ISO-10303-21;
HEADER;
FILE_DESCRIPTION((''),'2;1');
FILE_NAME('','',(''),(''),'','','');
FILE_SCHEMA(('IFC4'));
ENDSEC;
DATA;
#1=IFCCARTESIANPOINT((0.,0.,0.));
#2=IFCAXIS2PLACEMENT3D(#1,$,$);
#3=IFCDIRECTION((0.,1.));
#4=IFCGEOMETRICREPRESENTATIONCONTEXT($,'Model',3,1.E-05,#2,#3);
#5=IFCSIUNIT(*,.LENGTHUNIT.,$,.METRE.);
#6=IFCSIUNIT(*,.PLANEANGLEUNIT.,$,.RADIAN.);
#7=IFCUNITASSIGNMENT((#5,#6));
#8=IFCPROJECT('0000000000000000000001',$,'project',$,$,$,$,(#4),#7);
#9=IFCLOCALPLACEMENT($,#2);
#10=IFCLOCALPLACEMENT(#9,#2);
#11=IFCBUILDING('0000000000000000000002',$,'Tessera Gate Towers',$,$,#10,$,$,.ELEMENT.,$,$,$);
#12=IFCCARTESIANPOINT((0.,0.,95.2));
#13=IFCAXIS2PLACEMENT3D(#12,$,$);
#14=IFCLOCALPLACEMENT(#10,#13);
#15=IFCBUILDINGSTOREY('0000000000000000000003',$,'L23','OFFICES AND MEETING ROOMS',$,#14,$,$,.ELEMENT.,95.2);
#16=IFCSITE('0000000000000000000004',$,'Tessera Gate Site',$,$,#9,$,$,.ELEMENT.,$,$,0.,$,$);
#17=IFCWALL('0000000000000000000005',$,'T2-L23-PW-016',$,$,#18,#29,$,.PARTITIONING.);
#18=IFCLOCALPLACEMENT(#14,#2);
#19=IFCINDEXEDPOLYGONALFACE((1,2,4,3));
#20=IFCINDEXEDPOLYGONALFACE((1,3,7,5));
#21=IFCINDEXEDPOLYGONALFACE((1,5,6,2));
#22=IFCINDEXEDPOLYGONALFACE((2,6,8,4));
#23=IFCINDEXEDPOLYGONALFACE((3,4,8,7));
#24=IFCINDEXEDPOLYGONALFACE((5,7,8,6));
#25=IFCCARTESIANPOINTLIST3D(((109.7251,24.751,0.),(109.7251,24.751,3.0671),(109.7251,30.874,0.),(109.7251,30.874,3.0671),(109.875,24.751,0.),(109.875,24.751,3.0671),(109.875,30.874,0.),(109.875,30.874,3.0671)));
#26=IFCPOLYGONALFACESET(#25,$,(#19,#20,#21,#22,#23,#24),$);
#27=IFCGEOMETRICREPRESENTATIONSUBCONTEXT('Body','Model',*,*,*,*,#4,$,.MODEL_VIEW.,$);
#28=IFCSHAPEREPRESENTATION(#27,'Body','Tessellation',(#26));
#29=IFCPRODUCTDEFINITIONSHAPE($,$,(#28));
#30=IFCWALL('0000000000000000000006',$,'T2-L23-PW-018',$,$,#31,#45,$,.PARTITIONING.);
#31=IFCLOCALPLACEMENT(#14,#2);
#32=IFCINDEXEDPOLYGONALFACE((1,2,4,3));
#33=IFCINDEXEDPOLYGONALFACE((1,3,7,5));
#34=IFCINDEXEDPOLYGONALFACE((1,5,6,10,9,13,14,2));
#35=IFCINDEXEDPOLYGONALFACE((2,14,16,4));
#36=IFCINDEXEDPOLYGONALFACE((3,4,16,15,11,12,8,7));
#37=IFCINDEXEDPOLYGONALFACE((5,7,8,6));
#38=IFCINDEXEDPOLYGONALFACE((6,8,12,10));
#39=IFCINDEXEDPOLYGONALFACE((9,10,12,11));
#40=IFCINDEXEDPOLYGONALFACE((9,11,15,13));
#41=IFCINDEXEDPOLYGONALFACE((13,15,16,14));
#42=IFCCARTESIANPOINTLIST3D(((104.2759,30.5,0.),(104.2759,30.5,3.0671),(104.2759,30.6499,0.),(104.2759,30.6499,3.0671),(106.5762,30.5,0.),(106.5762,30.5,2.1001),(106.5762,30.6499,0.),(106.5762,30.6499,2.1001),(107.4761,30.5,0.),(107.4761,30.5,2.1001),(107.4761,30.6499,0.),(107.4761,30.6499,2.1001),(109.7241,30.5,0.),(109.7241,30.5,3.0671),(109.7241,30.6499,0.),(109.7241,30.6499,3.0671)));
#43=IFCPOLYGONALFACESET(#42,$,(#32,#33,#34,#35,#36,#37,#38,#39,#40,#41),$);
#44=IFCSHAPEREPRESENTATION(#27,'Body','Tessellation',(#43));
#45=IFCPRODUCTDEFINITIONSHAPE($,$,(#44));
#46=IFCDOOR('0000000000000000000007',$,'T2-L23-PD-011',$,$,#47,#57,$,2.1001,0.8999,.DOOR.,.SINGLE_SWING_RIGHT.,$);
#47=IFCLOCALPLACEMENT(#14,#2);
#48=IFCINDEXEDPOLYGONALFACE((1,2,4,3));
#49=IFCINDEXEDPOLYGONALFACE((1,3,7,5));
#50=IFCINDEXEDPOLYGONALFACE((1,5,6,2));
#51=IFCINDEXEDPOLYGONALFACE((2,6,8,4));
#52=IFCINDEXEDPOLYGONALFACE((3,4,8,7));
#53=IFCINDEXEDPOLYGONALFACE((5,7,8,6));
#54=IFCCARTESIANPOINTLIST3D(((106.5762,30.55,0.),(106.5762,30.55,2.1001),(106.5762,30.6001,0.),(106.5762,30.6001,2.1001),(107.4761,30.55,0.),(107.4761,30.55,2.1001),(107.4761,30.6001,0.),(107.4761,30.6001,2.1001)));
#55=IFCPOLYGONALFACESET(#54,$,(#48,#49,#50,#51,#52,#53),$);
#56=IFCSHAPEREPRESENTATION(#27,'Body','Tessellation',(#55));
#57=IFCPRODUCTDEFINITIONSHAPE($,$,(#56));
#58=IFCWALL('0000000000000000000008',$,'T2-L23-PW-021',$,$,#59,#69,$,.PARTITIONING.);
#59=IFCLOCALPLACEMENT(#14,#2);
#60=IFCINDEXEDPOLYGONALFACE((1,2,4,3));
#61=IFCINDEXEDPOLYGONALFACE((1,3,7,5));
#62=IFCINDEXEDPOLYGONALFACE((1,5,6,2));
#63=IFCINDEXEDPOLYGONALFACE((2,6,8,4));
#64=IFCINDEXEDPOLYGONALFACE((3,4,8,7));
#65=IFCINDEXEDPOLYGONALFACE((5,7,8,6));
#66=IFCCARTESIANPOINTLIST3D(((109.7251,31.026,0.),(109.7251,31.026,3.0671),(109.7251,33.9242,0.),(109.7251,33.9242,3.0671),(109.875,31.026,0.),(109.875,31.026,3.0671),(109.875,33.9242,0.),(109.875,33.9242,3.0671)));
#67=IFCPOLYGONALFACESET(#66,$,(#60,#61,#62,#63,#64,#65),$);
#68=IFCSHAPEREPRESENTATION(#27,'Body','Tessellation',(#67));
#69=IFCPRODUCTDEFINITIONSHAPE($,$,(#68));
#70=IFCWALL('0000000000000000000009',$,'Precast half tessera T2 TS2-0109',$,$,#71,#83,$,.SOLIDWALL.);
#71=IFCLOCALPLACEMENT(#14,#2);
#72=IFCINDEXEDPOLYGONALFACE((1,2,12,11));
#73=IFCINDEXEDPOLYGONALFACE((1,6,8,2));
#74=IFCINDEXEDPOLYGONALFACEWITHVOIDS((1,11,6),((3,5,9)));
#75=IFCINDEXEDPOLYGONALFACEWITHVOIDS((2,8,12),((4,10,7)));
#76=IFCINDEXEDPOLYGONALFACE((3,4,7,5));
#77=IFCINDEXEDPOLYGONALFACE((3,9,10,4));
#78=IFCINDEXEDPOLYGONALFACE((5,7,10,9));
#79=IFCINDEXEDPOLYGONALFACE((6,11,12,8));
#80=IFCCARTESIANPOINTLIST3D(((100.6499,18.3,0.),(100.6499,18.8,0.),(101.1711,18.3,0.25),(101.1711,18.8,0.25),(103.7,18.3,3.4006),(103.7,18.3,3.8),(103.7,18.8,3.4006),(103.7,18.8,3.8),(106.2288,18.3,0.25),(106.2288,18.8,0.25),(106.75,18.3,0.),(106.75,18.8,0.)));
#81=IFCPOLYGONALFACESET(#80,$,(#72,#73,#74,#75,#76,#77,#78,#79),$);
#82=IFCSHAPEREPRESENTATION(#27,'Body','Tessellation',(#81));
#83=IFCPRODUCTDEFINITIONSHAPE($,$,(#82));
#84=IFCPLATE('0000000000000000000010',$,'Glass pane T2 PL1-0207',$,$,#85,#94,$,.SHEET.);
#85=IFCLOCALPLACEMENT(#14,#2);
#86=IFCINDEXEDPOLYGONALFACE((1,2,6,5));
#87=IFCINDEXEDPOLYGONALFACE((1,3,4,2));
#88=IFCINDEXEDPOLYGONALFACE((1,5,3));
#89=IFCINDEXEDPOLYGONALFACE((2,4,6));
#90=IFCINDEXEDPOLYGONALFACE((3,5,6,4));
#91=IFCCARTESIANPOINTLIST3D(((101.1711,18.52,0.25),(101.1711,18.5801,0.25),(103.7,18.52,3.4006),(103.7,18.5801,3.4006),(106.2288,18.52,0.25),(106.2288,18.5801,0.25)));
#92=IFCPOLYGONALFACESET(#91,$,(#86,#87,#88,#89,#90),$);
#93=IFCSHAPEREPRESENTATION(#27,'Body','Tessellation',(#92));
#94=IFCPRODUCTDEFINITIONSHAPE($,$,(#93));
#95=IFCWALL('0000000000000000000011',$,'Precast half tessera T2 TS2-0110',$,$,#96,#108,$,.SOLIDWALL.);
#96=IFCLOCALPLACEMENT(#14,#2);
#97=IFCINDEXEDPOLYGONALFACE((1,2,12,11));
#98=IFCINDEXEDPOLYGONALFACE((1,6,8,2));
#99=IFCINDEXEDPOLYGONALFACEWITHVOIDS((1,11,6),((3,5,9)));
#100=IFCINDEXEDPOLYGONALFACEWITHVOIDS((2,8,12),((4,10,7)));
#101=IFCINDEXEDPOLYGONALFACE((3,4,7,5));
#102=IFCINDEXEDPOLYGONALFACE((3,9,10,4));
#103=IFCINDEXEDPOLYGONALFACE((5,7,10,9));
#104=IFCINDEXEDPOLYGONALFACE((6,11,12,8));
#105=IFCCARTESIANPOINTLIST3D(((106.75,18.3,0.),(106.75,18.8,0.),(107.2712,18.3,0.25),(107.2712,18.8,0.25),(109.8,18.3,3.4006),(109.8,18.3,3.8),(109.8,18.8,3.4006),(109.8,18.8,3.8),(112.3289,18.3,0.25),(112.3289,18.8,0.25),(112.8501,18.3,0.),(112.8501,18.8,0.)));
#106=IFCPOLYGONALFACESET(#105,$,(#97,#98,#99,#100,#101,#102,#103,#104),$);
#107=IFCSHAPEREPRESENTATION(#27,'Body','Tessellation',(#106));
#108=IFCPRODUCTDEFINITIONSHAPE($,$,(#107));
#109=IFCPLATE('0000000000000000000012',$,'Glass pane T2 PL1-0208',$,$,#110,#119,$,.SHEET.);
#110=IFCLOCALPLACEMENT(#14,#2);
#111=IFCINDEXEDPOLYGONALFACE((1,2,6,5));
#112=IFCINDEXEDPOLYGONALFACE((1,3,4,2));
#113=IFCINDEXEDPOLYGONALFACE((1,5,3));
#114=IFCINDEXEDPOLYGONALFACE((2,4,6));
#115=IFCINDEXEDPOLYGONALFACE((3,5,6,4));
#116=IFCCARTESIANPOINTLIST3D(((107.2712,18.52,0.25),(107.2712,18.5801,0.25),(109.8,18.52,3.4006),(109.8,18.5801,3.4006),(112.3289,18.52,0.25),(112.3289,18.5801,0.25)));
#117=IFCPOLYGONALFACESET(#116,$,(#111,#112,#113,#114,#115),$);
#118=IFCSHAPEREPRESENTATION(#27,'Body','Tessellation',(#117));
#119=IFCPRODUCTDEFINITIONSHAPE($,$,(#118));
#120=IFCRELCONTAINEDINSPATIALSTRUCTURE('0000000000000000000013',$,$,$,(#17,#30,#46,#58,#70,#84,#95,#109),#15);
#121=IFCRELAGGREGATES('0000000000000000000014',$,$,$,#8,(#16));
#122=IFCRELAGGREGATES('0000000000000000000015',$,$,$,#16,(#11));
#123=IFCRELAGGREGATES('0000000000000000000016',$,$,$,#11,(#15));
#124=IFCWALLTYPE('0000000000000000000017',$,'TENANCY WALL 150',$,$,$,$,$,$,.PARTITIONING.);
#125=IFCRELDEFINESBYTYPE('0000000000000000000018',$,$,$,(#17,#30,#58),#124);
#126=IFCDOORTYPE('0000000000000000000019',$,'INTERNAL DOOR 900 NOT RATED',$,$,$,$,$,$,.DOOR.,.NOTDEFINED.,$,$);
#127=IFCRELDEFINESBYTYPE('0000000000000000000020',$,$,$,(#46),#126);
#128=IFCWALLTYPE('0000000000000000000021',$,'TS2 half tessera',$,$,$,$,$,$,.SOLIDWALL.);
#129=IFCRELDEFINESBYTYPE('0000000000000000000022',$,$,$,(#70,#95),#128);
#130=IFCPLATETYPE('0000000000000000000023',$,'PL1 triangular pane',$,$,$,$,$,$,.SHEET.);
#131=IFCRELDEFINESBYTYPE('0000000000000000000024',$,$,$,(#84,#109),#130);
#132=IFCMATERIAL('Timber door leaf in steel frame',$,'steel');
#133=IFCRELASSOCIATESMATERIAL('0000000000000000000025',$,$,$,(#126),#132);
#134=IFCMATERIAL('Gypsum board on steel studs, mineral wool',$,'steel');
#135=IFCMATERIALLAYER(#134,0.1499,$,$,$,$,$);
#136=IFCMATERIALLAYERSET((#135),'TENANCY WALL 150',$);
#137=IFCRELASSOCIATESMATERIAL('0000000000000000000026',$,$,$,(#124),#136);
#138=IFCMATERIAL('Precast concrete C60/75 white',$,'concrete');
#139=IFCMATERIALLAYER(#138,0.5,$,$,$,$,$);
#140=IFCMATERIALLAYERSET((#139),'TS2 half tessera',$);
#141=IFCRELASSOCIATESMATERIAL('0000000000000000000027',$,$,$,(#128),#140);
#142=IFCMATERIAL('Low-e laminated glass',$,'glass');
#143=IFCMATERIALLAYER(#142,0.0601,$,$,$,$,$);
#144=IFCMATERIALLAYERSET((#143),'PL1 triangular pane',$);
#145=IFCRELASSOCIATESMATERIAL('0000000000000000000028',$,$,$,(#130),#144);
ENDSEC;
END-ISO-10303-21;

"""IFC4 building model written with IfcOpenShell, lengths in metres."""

from ifc_helpers import new_model, si_unit, direction, frame, frame_2d, origin, place, context, subcontext, project, spatial, polyline, rectangle, outline, extrude, source, transform, mapped, material, layer, layer_set, type_object, element, fill, save


model = new_model("IFC4")

# Units and contexts
model_context = context("Model", 3, precision=1e-05, world=origin(), true_north=direction((0.0, 1.0)))
body_context = subcontext(model_context, "Body", "Model", "MODEL_VIEW")
ifc_project = project(units=[si_unit("LENGTHUNIT", "METRE"), si_unit("PLANEANGLEUNIT", "RADIAN")], contexts=[model_context])

# Site, building, storey
site_placement = place(None, origin())
site = spatial("IfcSite", under=ifc_project, at=site_placement, Name="Tessera Gate Site", CompositionType="ELEMENT", RefElevation=0.0)
building_placement = place(site_placement, origin())
building = spatial("IfcBuilding", under=site, at=building_placement, Name="Tessera Gate Towers", CompositionType="ELEMENT")
storey_placement = place(building_placement, frame((0.0, 0.0, 95.2)))
storey = spatial("IfcBuildingStorey", under=building, at=storey_placement, Name="L23", Description="OFFICES AND MEETING ROOMS", CompositionType="ELEMENT", Elevation=95.2)

# Shared definitions
ifc_material_1 = material(Name="Timber door leaf in steel frame", Category="steel")
door_type = type_object("IfcDoorType", Name="INTERNAL DOOR 900 NOT RATED", OperationType="NOTDEFINED", PredefinedType="DOOR", material=ifc_material_1)
shared_shape_1 = source(origin(), body_context, "Body", "SweptSolid", [
    extrude(rectangle(XDim=0.8999, YDim=2.1001, at=frame_2d((0.45, 1.05))), frame((0.0, 0.0249, 0.0), z_axis=(0.0, -1.0, 0.0), x_axis=(1.0, 0.0, 0.0)), (0.0, 0.0, 1.0), 0.05),
])

# Wall
ifc_material_2 = material(Name="Gypsum board on steel studs, mineral wool", Category="steel")
ifc_layer_1 = layer(ifc_material_2, 0.1499)
ifc_layer_set_1 = layer_set([ifc_layer_1], Name="TENANCY WALL 150")
wall_type_1 = type_object("IfcWallType", Name="TENANCY WALL 150", PredefinedType="PARTITIONING", material=ifc_layer_set_1)
wall_1_placement = place(storey_placement, frame((109.8, 24.751, 0.0), z_axis=(0.0, 0.0, 1.0), x_axis=(0.0, 1.0, 0.0)))
element("IfcWall", 1, at=wall_1_placement, inside=storey, type_object=wall_type_1, Name="T2-L23-PW-016", PredefinedType="PARTITIONING", context=body_context, shape_type="SweptSolid", body=[
    extrude(rectangle(XDim=6.123, YDim=0.1499, at=frame_2d((3.0615, 0.0))), origin(), (0.0, 0.0, 1.0), 3.0671),
])

# Wall, opening, door
wall_2_placement = place(storey_placement, frame((109.7241, 30.575, 0.0), z_axis=(0.0, 0.0, 1.0), x_axis=(-1.0, 0.0, 0.0)))
wall_2 = element("IfcWall", 2, at=wall_2_placement, inside=storey, type_object=wall_type_1, Name="T2-L23-PW-018", PredefinedType="PARTITIONING", context=body_context, shape_type="SweptSolid", body=[
    extrude(rectangle(XDim=5.4482, YDim=0.1499, at=frame_2d((2.7241, 0.0))), origin(), (0.0, 0.0, 1.0), 3.0671),
])
shared_shape_2 = source(origin(), body_context, "Body", "SweptSolid", [
    extrude(rectangle(XDim=0.8999, YDim=2.1001, at=frame_2d((0.45, 1.05))), frame((0.0, 0.085, 0.0), z_axis=(0.0, -1.0, 0.0), x_axis=(1.0, 0.0, 0.0)), (0.0, 0.0, 1.0), 0.1699),
])
opening_1_placement = place(wall_2_placement, frame((2.248, 0.0, 0.0)))
opening_1 = element("IfcOpeningElement", 3, at=opening_1_placement, cuts=wall_2, PredefinedType="OPENING", context=body_context, shape_type="MappedRepresentation", body=[
    mapped(shared_shape_2, transform((0.0, 0.0, 0.0), scale=1.0)),
])
door_1_placement = place(opening_1_placement, origin())
door_1 = element("IfcDoor", 4, at=door_1_placement, inside=storey, type_object=door_type, Name="T2-L23-PD-011", OperationType="SINGLE_SWING_RIGHT", OverallHeight=2.1001, OverallWidth=0.8999, PredefinedType="DOOR", context=body_context, shape_type="MappedRepresentation", body=[
    mapped(shared_shape_1, transform((0.0, 0.0, 0.0), scale=1.0)),
])
fill(opening_1, door_1)

# Wall
wall_3_placement = place(storey_placement, frame((109.8, 31.0259, 0.0), z_axis=(0.0, 0.0, 1.0), x_axis=(0.0, 1.0, 0.0)))
element("IfcWall", 5, at=wall_3_placement, inside=storey, type_object=wall_type_1, Name="T2-L23-PW-021", PredefinedType="PARTITIONING", context=body_context, shape_type="SweptSolid", body=[
    extrude(rectangle(XDim=2.8982, YDim=0.1499, at=frame_2d((1.4492, 0.0))), origin(), (0.0, 0.0, 1.0), 3.0671),
])

# Walls, openings, plates
ifc_material_3 = material(Name="Precast concrete C60/75 white", Category="concrete")
ifc_layer_2 = layer(ifc_material_3, 0.5)
ifc_layer_set_2 = layer_set([ifc_layer_2], Name="TS2 half tessera")
wall_type_2 = type_object("IfcWallType", Name="TS2 half tessera", PredefinedType="SOLIDWALL", material=ifc_layer_set_2)
shared_shape_3 = source(origin(), body_context, "Body", "SweptSolid", [
    extrude(outline(polyline([(6.1001, 0.0), (3.05, 3.8), (0.0, 0.0), (6.1001, 0.0)])), frame((0.0, 0.25, 0.0), z_axis=(0.0, -1.0, 0.0), x_axis=(1.0, 0.0, 0.0)), (0.0, 0.0, 1.0), 0.5),
])
wall_4_placement = place(storey_placement, frame((100.6499, 18.55, 0.0), z_axis=(0.0, 0.0, 1.0), x_axis=(1.0, 0.0, 0.0)))
wall_4 = element("IfcWall", 6, at=wall_4_placement, inside=storey, type_object=wall_type_2, Name="Precast half tessera T2 TS2-0109", PredefinedType="SOLIDWALL", context=body_context, shape_type="MappedRepresentation", body=[
    mapped(shared_shape_3, transform((0.0, 0.0, 0.0), scale=1.0)),
])
shared_shape_4 = source(origin(), body_context, "Body", "SweptSolid", [
    extrude(outline(polyline([(5.5789, 0.25), (3.05, 3.4006), (0.5212, 0.25), (5.5789, 0.25)])), frame((0.0, 0.26, 0.0), z_axis=(0.0, -1.0, 0.0), x_axis=(1.0, 0.0, 0.0)), (0.0, 0.0, 1.0), 0.52),
])
opening_2_placement = place(wall_4_placement, origin())
opening_2 = element("IfcOpeningElement", 7, at=opening_2_placement, cuts=wall_4, PredefinedType="OPENING", context=body_context, shape_type="MappedRepresentation", body=[
    mapped(shared_shape_4, transform((0.0, 0.0, 0.0), scale=1.0)),
])
ifc_material_4 = material(Name="Low-e laminated glass", Category="glass")
ifc_layer_3 = layer(ifc_material_4, 0.0601)
ifc_layer_set_3 = layer_set([ifc_layer_3], Name="PL1 triangular pane")
plate_type = type_object("IfcPlateType", Name="PL1 triangular pane", PredefinedType="SHEET", material=ifc_layer_set_3)
shared_shape_5 = source(origin(), body_context, "Body", "SweptSolid", [
    extrude(outline(polyline([(5.5789, 0.25), (3.05, 3.4006), (0.5212, 0.25), (5.5789, 0.25)])), frame((0.0, 0.03, 0.0), z_axis=(0.0, -1.0, 0.0), x_axis=(1.0, 0.0, 0.0)), (0.0, 0.0, 1.0), 0.0601),
])
plate_1_placement = place(opening_2_placement, origin())
plate_1 = element("IfcPlate", 8, at=plate_1_placement, inside=storey, type_object=plate_type, Name="Glass pane T2 PL1-0207", PredefinedType="SHEET", context=body_context, shape_type="MappedRepresentation", body=[
    mapped(shared_shape_5, transform((0.0, 0.0, 0.0), scale=1.0)),
])
fill(opening_2, plate_1)
wall_5_placement = place(storey_placement, frame((106.75, 18.55, 0.0), z_axis=(0.0, 0.0, 1.0), x_axis=(1.0, 0.0, 0.0)))
wall_5 = element("IfcWall", 9, at=wall_5_placement, inside=storey, type_object=wall_type_2, Name="Precast half tessera T2 TS2-0110", PredefinedType="SOLIDWALL", context=body_context, shape_type="MappedRepresentation", body=[
    mapped(shared_shape_3, transform((0.0, 0.0, 0.0), scale=1.0)),
])
opening_3_placement = place(wall_5_placement, origin())
opening_3 = element("IfcOpeningElement", 10, at=opening_3_placement, cuts=wall_5, PredefinedType="OPENING", context=body_context, shape_type="MappedRepresentation", body=[
    mapped(shared_shape_4, transform((0.0, 0.0, 0.0), scale=1.0)),
])
plate_2_placement = place(opening_3_placement, origin())
plate_2 = element("IfcPlate", 11, at=plate_2_placement, inside=storey, type_object=plate_type, Name="Glass pane T2 PL1-0208", PredefinedType="SHEET", context=body_context, shape_type="MappedRepresentation", body=[
    mapped(shared_shape_5, transform((0.0, 0.0, 0.0), scale=1.0)),
])
fill(opening_3, plate_2)

save(model, "model.ifc")
